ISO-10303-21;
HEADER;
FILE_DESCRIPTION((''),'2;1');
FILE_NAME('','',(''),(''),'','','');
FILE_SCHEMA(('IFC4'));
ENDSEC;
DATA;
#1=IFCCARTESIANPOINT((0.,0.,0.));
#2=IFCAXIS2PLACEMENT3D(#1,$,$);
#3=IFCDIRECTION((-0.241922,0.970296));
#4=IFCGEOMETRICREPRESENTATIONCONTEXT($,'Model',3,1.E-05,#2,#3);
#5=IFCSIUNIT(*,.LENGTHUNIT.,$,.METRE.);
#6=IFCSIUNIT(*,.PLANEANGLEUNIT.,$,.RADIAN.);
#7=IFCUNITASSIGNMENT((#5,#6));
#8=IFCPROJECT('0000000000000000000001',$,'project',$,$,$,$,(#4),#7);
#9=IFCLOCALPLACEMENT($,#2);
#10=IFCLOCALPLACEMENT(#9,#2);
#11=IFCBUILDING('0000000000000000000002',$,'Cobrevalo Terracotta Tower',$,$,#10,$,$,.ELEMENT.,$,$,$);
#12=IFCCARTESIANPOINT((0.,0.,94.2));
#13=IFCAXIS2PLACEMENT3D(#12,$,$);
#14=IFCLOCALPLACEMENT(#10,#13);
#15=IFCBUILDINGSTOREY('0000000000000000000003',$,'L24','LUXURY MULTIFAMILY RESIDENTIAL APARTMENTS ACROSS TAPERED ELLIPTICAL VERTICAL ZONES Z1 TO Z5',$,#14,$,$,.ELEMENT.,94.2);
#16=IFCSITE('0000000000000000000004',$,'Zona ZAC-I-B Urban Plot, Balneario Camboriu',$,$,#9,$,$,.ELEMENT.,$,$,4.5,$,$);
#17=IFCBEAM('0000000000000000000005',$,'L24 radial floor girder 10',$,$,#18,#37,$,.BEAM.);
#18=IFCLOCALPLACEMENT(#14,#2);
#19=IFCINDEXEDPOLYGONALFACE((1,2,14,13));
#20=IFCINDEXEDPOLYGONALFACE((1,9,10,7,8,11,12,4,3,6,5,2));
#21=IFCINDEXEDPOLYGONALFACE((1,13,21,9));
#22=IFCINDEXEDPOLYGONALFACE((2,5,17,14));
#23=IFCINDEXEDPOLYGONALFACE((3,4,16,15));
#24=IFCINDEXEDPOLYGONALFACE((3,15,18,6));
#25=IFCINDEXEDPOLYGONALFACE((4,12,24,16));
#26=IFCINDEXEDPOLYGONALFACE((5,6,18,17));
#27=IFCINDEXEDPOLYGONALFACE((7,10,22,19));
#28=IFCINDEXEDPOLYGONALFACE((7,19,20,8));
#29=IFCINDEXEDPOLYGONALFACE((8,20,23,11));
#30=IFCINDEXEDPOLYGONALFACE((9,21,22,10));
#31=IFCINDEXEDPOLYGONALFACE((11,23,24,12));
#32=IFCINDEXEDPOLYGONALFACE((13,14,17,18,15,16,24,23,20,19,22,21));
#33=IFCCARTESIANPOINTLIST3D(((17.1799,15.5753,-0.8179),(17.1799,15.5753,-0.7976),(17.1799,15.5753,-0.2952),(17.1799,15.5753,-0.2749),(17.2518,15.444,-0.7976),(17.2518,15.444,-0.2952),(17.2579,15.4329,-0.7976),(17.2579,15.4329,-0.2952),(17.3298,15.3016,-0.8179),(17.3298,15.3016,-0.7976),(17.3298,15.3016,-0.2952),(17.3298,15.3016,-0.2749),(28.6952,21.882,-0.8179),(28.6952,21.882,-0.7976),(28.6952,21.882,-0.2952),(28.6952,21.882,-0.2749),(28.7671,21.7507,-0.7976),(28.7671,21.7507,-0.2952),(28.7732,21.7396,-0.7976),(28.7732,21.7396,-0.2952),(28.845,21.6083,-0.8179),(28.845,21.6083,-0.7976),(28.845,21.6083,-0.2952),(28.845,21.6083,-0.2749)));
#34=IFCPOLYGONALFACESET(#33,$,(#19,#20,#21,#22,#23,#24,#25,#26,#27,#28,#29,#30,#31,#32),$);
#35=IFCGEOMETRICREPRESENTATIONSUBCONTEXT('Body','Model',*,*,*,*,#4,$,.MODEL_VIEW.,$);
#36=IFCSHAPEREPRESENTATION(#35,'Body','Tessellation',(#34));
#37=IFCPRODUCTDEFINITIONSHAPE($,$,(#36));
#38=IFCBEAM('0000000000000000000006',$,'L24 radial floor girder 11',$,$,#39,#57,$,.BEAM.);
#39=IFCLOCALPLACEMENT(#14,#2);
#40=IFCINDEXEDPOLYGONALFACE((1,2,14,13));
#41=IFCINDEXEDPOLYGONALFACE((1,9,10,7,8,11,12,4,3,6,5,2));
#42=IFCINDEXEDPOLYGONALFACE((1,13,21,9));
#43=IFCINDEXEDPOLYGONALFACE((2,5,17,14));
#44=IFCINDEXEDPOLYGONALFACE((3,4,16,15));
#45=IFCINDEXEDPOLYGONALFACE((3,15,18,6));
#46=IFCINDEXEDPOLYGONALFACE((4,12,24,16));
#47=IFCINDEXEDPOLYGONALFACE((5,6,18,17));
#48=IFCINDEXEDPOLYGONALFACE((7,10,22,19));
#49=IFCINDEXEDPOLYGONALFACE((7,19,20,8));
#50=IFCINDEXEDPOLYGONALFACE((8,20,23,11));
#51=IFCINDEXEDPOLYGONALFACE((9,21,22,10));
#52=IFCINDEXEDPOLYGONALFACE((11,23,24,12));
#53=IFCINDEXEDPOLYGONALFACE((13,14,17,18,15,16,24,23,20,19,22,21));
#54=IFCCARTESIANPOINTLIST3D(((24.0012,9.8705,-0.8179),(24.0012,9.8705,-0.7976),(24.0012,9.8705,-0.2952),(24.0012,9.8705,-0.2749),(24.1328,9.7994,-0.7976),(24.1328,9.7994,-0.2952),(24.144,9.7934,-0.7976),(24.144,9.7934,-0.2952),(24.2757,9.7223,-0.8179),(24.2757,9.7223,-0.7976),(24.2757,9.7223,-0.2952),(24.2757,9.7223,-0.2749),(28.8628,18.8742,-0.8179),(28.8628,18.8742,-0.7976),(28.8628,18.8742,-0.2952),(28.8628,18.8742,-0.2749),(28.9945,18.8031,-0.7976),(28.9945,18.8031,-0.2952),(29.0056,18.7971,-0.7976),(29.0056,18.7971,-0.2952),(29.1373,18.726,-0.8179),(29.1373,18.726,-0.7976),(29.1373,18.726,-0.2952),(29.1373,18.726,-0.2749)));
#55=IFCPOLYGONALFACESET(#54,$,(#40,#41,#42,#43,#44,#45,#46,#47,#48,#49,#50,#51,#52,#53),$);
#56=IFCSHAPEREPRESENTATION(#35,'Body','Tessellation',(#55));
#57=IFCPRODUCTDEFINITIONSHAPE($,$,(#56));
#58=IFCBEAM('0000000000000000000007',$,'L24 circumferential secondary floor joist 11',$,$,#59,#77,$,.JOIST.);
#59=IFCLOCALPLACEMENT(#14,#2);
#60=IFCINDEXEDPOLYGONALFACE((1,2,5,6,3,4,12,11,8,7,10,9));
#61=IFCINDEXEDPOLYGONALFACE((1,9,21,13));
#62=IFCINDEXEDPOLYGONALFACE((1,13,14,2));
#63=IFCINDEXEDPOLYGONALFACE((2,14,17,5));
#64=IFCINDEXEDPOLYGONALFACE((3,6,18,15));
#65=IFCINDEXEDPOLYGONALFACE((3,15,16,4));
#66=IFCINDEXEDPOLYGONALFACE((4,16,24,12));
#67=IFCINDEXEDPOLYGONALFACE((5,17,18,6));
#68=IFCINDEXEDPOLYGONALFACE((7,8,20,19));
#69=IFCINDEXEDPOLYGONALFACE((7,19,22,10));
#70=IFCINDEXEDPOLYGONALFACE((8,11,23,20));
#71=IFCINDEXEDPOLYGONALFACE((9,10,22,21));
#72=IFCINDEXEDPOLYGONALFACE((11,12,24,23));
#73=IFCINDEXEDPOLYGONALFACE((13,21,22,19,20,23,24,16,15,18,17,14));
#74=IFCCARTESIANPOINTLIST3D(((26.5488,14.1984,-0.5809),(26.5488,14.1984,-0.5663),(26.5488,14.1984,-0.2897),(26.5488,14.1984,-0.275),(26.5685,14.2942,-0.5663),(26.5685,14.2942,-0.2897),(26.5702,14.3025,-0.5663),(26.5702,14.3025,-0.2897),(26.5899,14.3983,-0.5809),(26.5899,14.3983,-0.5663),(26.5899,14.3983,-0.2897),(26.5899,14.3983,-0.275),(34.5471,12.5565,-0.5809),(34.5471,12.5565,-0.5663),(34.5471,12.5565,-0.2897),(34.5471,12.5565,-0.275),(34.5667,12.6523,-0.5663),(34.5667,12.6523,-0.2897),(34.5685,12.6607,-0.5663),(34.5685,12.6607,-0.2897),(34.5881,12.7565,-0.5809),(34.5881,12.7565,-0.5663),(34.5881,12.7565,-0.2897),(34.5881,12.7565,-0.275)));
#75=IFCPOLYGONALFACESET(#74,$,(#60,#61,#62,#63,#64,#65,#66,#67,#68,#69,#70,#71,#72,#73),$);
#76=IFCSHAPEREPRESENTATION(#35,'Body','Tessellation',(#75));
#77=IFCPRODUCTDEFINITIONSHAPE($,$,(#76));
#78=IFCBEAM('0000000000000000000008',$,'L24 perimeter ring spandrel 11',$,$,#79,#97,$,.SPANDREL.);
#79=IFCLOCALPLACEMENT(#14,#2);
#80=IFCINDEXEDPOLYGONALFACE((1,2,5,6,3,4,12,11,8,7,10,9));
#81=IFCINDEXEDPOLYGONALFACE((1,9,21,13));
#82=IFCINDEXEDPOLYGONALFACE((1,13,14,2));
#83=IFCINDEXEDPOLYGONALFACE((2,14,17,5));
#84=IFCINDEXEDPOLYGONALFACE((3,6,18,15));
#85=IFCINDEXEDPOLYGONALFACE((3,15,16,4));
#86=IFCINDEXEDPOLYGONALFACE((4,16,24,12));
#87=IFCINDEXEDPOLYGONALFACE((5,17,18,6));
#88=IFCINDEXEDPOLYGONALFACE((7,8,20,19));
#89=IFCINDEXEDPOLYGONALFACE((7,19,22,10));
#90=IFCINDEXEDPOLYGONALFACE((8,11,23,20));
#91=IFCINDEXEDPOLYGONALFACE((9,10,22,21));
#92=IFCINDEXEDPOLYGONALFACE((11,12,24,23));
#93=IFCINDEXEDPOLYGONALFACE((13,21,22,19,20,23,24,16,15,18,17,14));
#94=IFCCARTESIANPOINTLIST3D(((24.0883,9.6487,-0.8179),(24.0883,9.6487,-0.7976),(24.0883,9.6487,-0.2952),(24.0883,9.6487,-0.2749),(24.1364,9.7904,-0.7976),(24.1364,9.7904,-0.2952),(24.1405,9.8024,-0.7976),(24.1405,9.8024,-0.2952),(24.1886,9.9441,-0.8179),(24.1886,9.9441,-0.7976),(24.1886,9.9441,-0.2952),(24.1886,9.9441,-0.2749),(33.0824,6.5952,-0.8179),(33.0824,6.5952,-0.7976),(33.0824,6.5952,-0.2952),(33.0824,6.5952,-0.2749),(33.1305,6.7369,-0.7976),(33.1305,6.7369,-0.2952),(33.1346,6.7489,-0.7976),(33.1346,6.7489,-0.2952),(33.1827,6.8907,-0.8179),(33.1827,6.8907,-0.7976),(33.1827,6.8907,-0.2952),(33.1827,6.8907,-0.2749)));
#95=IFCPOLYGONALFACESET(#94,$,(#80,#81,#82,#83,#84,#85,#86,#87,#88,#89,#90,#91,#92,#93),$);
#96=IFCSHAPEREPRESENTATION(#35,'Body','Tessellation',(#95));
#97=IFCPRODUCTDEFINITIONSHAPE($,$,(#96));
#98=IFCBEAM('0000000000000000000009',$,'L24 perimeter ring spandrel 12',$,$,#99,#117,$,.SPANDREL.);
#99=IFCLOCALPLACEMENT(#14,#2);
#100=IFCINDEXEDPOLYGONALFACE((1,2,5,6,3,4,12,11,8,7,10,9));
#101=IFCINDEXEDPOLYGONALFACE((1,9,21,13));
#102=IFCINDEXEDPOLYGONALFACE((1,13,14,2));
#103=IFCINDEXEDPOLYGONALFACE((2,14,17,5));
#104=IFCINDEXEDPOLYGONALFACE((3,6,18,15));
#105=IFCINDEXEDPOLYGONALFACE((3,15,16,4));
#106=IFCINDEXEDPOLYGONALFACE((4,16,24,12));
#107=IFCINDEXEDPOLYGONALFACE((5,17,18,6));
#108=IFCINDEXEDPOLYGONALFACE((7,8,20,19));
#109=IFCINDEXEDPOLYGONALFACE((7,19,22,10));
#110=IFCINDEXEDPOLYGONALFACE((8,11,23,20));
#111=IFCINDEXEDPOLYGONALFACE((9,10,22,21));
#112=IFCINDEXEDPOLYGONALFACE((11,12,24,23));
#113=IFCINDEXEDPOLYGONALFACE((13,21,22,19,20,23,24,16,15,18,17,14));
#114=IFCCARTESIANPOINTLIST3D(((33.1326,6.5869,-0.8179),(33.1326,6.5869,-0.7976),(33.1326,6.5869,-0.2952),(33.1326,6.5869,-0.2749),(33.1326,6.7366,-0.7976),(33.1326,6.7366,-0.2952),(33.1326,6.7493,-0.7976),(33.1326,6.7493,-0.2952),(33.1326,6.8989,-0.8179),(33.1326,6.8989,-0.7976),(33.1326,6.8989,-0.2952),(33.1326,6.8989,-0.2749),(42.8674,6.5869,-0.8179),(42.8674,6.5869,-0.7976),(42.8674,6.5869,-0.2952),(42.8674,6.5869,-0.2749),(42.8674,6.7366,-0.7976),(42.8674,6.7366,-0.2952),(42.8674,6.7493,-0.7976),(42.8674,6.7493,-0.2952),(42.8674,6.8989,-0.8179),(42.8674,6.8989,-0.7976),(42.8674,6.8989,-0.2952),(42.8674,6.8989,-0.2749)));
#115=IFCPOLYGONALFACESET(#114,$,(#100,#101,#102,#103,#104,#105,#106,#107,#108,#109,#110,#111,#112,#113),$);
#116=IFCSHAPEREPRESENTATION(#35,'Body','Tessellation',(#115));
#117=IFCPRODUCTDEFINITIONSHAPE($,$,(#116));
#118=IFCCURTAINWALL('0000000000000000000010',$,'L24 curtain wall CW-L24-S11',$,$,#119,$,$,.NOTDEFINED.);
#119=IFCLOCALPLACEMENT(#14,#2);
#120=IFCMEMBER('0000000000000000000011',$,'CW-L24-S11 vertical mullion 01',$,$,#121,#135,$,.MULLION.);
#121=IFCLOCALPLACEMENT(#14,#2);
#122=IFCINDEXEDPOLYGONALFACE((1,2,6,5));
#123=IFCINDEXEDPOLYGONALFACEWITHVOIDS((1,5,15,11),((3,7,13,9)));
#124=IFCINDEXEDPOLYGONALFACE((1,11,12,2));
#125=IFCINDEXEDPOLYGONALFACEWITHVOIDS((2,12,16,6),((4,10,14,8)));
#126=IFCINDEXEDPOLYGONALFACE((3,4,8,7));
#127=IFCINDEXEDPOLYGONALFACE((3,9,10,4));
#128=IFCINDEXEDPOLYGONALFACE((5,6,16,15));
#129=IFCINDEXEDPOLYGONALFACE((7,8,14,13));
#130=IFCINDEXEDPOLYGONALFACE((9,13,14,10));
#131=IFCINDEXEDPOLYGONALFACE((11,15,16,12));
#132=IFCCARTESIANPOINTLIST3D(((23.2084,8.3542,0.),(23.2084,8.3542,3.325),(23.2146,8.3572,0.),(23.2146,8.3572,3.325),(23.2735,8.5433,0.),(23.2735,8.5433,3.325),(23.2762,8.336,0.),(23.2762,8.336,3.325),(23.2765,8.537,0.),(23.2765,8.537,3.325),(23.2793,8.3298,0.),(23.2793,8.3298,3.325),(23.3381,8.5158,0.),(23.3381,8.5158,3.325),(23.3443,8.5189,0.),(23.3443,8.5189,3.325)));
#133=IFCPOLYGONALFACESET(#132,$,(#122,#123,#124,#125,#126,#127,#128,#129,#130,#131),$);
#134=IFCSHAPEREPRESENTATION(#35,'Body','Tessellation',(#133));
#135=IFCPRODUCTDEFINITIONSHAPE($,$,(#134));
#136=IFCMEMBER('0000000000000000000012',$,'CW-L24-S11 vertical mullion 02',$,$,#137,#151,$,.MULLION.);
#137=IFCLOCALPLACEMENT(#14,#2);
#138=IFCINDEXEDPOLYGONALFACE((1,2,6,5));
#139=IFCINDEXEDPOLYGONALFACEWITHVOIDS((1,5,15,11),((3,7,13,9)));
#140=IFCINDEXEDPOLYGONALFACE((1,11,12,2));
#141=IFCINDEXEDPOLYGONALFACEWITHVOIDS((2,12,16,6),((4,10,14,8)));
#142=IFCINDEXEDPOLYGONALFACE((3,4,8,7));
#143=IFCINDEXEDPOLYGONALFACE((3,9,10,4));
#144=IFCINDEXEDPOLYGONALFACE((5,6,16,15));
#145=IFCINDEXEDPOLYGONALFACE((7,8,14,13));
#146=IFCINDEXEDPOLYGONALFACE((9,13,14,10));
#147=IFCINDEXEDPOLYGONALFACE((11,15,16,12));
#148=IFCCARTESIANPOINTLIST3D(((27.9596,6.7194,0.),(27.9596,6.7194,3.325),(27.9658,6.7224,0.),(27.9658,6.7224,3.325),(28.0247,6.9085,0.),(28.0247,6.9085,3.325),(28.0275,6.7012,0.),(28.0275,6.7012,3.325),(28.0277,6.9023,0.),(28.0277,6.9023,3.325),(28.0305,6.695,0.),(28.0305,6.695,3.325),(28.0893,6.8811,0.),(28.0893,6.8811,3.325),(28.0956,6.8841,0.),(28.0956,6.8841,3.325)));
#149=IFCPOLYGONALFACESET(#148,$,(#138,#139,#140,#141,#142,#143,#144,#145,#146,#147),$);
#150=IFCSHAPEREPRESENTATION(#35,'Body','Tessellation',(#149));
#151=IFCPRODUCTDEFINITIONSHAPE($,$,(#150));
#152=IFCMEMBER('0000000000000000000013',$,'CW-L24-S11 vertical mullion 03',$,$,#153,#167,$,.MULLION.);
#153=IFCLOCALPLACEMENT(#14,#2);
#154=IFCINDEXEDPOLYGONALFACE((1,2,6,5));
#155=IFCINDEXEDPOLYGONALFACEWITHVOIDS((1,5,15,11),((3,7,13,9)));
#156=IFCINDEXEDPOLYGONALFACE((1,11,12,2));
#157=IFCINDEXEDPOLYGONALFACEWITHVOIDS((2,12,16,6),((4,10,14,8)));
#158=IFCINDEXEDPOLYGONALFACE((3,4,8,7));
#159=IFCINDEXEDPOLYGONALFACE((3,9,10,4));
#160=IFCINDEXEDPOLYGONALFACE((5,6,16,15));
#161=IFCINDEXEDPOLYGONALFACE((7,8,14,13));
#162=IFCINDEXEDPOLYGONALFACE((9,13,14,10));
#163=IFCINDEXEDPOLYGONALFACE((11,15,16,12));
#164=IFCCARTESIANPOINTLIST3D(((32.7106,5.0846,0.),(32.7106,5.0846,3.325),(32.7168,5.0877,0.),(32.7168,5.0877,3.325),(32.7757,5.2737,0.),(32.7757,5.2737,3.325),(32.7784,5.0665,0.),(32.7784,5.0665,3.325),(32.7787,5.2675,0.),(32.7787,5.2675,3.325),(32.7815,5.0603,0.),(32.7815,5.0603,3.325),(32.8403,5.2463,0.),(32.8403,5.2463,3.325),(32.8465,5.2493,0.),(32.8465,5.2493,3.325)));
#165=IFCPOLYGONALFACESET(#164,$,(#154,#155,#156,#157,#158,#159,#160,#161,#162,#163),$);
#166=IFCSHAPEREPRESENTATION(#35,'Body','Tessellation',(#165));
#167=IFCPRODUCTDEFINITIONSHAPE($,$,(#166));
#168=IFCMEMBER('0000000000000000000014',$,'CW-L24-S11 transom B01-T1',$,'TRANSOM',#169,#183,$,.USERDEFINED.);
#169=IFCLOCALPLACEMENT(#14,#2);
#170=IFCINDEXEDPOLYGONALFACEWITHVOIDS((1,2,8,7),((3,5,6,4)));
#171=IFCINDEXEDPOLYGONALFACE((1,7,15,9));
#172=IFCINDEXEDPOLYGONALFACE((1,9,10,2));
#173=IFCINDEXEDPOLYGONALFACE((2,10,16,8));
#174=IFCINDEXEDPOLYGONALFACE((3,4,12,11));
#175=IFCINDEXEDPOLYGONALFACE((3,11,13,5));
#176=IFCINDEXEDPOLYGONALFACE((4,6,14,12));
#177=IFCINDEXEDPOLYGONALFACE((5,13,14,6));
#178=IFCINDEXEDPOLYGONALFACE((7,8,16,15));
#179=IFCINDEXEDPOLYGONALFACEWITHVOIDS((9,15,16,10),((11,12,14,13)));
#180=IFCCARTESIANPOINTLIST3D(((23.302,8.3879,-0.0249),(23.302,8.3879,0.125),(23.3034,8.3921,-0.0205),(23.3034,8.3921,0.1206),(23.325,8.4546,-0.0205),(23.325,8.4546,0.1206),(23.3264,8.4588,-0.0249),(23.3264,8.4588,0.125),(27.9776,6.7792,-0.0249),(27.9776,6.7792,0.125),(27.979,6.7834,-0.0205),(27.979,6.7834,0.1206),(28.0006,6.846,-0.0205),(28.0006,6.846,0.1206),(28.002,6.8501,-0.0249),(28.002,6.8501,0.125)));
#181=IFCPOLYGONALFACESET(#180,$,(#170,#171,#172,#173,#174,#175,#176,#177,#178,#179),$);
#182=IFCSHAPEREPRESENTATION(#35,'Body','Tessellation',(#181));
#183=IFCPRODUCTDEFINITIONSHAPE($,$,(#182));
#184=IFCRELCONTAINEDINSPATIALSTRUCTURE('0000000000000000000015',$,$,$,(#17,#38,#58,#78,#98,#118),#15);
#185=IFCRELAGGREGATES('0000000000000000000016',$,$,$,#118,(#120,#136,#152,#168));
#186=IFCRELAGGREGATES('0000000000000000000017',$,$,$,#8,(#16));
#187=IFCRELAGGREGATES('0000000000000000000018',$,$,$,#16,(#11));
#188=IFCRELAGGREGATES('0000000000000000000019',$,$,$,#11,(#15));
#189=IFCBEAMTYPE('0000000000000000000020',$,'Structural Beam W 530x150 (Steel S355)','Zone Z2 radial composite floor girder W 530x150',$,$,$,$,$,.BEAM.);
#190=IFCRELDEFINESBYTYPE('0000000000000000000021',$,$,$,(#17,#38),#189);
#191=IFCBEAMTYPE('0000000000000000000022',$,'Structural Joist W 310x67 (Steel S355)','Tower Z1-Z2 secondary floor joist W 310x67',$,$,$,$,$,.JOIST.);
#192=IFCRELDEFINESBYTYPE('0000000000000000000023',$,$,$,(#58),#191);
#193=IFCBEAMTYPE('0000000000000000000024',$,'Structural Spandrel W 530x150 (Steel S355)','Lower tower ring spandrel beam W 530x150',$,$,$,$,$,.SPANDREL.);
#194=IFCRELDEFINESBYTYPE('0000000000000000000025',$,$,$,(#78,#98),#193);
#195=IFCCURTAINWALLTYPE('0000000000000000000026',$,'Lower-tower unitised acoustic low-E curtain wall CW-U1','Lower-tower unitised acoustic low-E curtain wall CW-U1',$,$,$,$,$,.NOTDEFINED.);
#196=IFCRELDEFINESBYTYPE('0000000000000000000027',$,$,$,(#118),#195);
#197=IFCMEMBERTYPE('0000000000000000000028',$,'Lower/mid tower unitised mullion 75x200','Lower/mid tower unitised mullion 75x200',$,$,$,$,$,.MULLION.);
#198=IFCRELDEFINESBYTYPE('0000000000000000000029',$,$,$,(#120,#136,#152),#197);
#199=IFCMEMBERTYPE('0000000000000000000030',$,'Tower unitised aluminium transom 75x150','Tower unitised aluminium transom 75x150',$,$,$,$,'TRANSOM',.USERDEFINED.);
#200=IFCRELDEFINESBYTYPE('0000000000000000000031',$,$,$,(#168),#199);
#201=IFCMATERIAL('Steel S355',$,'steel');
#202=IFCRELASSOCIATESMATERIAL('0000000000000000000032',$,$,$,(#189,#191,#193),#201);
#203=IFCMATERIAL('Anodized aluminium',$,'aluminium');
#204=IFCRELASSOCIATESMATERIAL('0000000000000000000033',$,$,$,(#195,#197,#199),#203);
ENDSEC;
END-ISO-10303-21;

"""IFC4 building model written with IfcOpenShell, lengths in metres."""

from ifc_helpers import new_model, si_unit, direction, frame, origin, origin_2d, place, context, subcontext, project, spatial, hollow_rectangle, i_section, extrude, source, transform, mapped, material, material_profile, profile_set, type_object, element, aggregate, save


model = new_model("IFC4")

# Units and contexts
model_context = context("Model", 3, precision=1e-05, world=origin(), true_north=direction((-0.241922, 0.970296)))
body_context = subcontext(model_context, "Body", "Model", "MODEL_VIEW")
ifc_project = project(units=[si_unit("LENGTHUNIT", "METRE"), si_unit("PLANEANGLEUNIT", "RADIAN")], contexts=[model_context])

# Site, building, storey
site_placement = place(None, origin())
site = spatial("IfcSite", under=ifc_project, at=site_placement, Name="Zona ZAC-I-B Urban Plot, Balneario Camboriu", CompositionType="ELEMENT", RefElevation=4.5)
building_placement = place(site_placement, origin())
building = spatial("IfcBuilding", under=site, at=building_placement, Name="Cobrevalo Terracotta Tower", CompositionType="ELEMENT")
storey_placement = place(building_placement, frame((0.0, 0.0, 94.2)))
storey = spatial("IfcBuildingStorey", under=building, at=storey_placement, Name="L24", Description="LUXURY MULTIFAMILY RESIDENTIAL APARTMENTS ACROSS TAPERED ELLIPTICAL VERTICAL ZONES Z1 TO Z5", CompositionType="ELEMENT", Elevation=94.2)

# Shared definitions
ifc_material_1 = material(Name="Steel S355", Category="steel")

# Beams
ifc_material_profile_1 = material_profile(ifc_material_1, i_section(OverallWidth=0.312, OverallDepth=0.543, WebThickness=0.0127, FlangeThickness=0.0203, at=origin_2d()), Name="W 530x150")
ifc_profile_set_1 = profile_set([ifc_material_profile_1], Name="Steel S355")
beam_type_1 = type_object("IfcBeamType", Name="Structural Beam W 530x150 (Steel S355)", Description="Zone Z2 radial composite floor girder W 530x150", PredefinedType="BEAM", material=ifc_profile_set_1)
beam_1_placement = place(storey_placement, frame((17.2549, 15.4385, -0.5464), z_axis=(0.877073, 0.480358, 0.0), x_axis=(-0.480358, 0.877073, 0.0)))
element("IfcBeam", 1, at=beam_1_placement, inside=storey, type_object=beam_type_1, Name="L24 radial floor girder 10", PredefinedType="BEAM", context=body_context, shape_type="SweptSolid", body=[
    extrude(i_section(OverallWidth=0.312, OverallDepth=0.543, WebThickness=0.0127, FlangeThickness=0.0203, at=origin_2d()), origin(), (0.0, 0.0, 1.0), 13.1292),
])
beam_2_placement = place(storey_placement, frame((24.1384, 9.7964, -0.5464), z_axis=(0.475118, 0.879922, 0.0), x_axis=(-0.879922, 0.475118, 0.0)))
element("IfcBeam", 2, at=beam_2_placement, inside=storey, type_object=beam_type_1, Name="L24 radial floor girder 11", PredefinedType="BEAM", context=body_context, shape_type="SweptSolid", body=[
    extrude(i_section(OverallWidth=0.312, OverallDepth=0.543, WebThickness=0.0127, FlangeThickness=0.0203, at=origin_2d()), origin(), (0.0, 0.0, 1.0), 10.2324),
])
ifc_material_profile_2 = material_profile(ifc_material_1, i_section(OverallWidth=0.2041, OverallDepth=0.3059, WebThickness=0.0085, FlangeThickness=0.0146, at=origin_2d()), Name="W 310x67")
ifc_profile_set_2 = profile_set([ifc_material_profile_2], Name="Steel S355")
beam_type_2 = type_object("IfcBeamType", Name="Structural Joist W 310x67 (Steel S355)", Description="Tower Z1-Z2 secondary floor joist W 310x67", PredefinedType="JOIST", material=ifc_profile_set_2)
beam_3_placement = place(storey_placement, frame((26.5693, 14.2983, -0.428), z_axis=(0.979574, -0.201082, 0.0), x_axis=(0.201082, 0.979574, 0.0)))
element("IfcBeam", 3, at=beam_3_placement, inside=storey, type_object=beam_type_2, Name="L24 circumferential secondary floor joist 11", PredefinedType="JOIST", context=body_context, shape_type="SweptSolid", body=[
    extrude(i_section(OverallWidth=0.2041, OverallDepth=0.3059, WebThickness=0.0085, FlangeThickness=0.0146, at=origin_2d()), origin(), (0.0, 0.0, 1.0), 8.165),
])
ifc_material_profile_3 = material_profile(ifc_material_1, i_section(OverallWidth=0.312, OverallDepth=0.543, WebThickness=0.0127, FlangeThickness=0.0203, at=origin_2d()), Name="W 530x150")
ifc_profile_set_3 = profile_set([ifc_material_profile_3], Name="Steel S355")
beam_type_3 = type_object("IfcBeamType", Name="Structural Spandrel W 530x150 (Steel S355)", Description="Lower tower ring spandrel beam W 530x150", PredefinedType="SPANDREL", material=ifc_profile_set_3)
beam_4_placement = place(storey_placement, frame((24.1384, 9.7964, -0.5464), z_axis=(0.946918, -0.321474, 0.0), x_axis=(0.321474, 0.946918, 0.0)))
element("IfcBeam", 4, at=beam_4_placement, inside=storey, type_object=beam_type_3, Name="L24 perimeter ring spandrel 11", PredefinedType="SPANDREL", context=body_context, shape_type="SweptSolid", body=[
    extrude(i_section(OverallWidth=0.312, OverallDepth=0.543, WebThickness=0.0127, FlangeThickness=0.0203, at=origin_2d()), origin(), (0.0, 0.0, 1.0), 9.4983),
])
beam_5_placement = place(storey_placement, frame((33.1326, 6.7429, -0.5464), z_axis=(1.0, 0.0, 0.0), x_axis=(0.0, 1.0, 0.0)))
element("IfcBeam", 5, at=beam_5_placement, inside=storey, type_object=beam_type_3, Name="L24 perimeter ring spandrel 12", PredefinedType="SPANDREL", context=body_context, shape_type="SweptSolid", body=[
    extrude(i_section(OverallWidth=0.312, OverallDepth=0.543, WebThickness=0.0127, FlangeThickness=0.0203, at=origin_2d()), origin(), (0.0, 0.0, 1.0), 9.7349),
])

# Curtain wall, members
ifc_material_2 = material(Name="Anodized aluminium", Category="aluminium")
curtain_wall_type = type_object("IfcCurtainWallType", Name="Lower-tower unitised acoustic low-E curtain wall CW-U1", Description="Lower-tower unitised acoustic low-E curtain wall CW-U1", PredefinedType="NOTDEFINED", material=ifc_material_2)
curtain_wall_placement = place(storey_placement, origin())
curtain_wall = element("IfcCurtainWall", 6, at=curtain_wall_placement, inside=storey, type_object=curtain_wall_type, Name="L24 curtain wall CW-L24-S11", PredefinedType="NOTDEFINED")
ifc_material_profile_4 = material_profile(ifc_material_2, hollow_rectangle(XDim=0.075, YDim=0.2, WallThickness=0.0049, at=origin_2d()), Name="CWM 75x200")
ifc_profile_set_4 = profile_set([ifc_material_profile_4], Name="Anodized aluminium")
member_type_1 = type_object("IfcMemberType", Name="Lower/mid tower unitised mullion 75x200", Description="Lower/mid tower unitised mullion 75x200", PredefinedType="MULLION", material=ifc_profile_set_4)
shared_shape_1 = source(origin(), body_context, "Body", "SweptSolid", [
    extrude(hollow_rectangle(XDim=0.075, YDim=0.2, WallThickness=0.0049, at=origin_2d()), origin(), (0.0, 0.0, 1.0), 3.325),
])
member_1_placement = place(storey_placement, frame((23.2764, 8.4365, 0.0), z_axis=(0.0, 0.0, 1.0), x_axis=(0.945598, -0.325337, 0.0)))
member_1 = element("IfcMember", 7, at=member_1_placement, type_object=member_type_1, Name="CW-L24-S11 vertical mullion 01", PredefinedType="MULLION", context=body_context, shape_type="MappedRepresentation", body=[
    mapped(shared_shape_1, transform((0.0, 0.0, 0.0), scale=1.0)),
])
member_2_placement = place(storey_placement, frame((28.0276, 6.8018, 0.0), z_axis=(0.0, 0.0, 1.0), x_axis=(0.945598, -0.325337, 0.0)))
member_2 = element("IfcMember", 8, at=member_2_placement, type_object=member_type_1, Name="CW-L24-S11 vertical mullion 02", PredefinedType="MULLION", context=body_context, shape_type="MappedRepresentation", body=[
    mapped(shared_shape_1, transform((0.0, 0.0, 0.0), scale=1.0)),
])
member_3_placement = place(storey_placement, frame((32.7786, 5.167, 0.0), z_axis=(0.0, 0.0, 1.0), x_axis=(0.945598, -0.325337, 0.0)))
member_3 = element("IfcMember", 9, at=member_3_placement, type_object=member_type_1, Name="CW-L24-S11 vertical mullion 03", PredefinedType="MULLION", context=body_context, shape_type="MappedRepresentation", body=[
    mapped(shared_shape_1, transform((0.0, 0.0, 0.0), scale=1.0)),
])
ifc_material_profile_5 = material_profile(ifc_material_2, hollow_rectangle(XDim=0.075, YDim=0.1499, WallThickness=0.0044, at=origin_2d()), Name="CWT 75x150")
ifc_profile_set_5 = profile_set([ifc_material_profile_5], Name="Anodized aluminium")
member_type_2 = type_object("IfcMemberType", Name="Tower unitised aluminium transom 75x150", Description="Tower unitised aluminium transom 75x150", ElementType="TRANSOM", PredefinedType="USERDEFINED", material=ifc_profile_set_5)
shared_shape_2 = source(origin(), body_context, "Body", "SweptSolid", [
    extrude(hollow_rectangle(XDim=0.075, YDim=0.1499, WallThickness=0.0044, at=origin_2d()), origin(), (0.0, 0.0, 1.0), 4.9446),
])
member_4_placement = place(storey_placement, frame((23.3142, 8.4233, 0.05), z_axis=(0.945598, -0.325338, 0.0), x_axis=(0.325338, 0.945598, 0.0)))
member_4 = element("IfcMember", 10, at=member_4_placement, type_object=member_type_2, Name="CW-L24-S11 transom B01-T1", ObjectType="TRANSOM", PredefinedType="USERDEFINED", context=body_context, shape_type="MappedRepresentation", body=[
    mapped(shared_shape_2, transform((0.0, 0.0, 0.0), scale=1.0)),
])
aggregate(curtain_wall, [member_1, member_2, member_3, member_4])

save(model, "model.ifc")
